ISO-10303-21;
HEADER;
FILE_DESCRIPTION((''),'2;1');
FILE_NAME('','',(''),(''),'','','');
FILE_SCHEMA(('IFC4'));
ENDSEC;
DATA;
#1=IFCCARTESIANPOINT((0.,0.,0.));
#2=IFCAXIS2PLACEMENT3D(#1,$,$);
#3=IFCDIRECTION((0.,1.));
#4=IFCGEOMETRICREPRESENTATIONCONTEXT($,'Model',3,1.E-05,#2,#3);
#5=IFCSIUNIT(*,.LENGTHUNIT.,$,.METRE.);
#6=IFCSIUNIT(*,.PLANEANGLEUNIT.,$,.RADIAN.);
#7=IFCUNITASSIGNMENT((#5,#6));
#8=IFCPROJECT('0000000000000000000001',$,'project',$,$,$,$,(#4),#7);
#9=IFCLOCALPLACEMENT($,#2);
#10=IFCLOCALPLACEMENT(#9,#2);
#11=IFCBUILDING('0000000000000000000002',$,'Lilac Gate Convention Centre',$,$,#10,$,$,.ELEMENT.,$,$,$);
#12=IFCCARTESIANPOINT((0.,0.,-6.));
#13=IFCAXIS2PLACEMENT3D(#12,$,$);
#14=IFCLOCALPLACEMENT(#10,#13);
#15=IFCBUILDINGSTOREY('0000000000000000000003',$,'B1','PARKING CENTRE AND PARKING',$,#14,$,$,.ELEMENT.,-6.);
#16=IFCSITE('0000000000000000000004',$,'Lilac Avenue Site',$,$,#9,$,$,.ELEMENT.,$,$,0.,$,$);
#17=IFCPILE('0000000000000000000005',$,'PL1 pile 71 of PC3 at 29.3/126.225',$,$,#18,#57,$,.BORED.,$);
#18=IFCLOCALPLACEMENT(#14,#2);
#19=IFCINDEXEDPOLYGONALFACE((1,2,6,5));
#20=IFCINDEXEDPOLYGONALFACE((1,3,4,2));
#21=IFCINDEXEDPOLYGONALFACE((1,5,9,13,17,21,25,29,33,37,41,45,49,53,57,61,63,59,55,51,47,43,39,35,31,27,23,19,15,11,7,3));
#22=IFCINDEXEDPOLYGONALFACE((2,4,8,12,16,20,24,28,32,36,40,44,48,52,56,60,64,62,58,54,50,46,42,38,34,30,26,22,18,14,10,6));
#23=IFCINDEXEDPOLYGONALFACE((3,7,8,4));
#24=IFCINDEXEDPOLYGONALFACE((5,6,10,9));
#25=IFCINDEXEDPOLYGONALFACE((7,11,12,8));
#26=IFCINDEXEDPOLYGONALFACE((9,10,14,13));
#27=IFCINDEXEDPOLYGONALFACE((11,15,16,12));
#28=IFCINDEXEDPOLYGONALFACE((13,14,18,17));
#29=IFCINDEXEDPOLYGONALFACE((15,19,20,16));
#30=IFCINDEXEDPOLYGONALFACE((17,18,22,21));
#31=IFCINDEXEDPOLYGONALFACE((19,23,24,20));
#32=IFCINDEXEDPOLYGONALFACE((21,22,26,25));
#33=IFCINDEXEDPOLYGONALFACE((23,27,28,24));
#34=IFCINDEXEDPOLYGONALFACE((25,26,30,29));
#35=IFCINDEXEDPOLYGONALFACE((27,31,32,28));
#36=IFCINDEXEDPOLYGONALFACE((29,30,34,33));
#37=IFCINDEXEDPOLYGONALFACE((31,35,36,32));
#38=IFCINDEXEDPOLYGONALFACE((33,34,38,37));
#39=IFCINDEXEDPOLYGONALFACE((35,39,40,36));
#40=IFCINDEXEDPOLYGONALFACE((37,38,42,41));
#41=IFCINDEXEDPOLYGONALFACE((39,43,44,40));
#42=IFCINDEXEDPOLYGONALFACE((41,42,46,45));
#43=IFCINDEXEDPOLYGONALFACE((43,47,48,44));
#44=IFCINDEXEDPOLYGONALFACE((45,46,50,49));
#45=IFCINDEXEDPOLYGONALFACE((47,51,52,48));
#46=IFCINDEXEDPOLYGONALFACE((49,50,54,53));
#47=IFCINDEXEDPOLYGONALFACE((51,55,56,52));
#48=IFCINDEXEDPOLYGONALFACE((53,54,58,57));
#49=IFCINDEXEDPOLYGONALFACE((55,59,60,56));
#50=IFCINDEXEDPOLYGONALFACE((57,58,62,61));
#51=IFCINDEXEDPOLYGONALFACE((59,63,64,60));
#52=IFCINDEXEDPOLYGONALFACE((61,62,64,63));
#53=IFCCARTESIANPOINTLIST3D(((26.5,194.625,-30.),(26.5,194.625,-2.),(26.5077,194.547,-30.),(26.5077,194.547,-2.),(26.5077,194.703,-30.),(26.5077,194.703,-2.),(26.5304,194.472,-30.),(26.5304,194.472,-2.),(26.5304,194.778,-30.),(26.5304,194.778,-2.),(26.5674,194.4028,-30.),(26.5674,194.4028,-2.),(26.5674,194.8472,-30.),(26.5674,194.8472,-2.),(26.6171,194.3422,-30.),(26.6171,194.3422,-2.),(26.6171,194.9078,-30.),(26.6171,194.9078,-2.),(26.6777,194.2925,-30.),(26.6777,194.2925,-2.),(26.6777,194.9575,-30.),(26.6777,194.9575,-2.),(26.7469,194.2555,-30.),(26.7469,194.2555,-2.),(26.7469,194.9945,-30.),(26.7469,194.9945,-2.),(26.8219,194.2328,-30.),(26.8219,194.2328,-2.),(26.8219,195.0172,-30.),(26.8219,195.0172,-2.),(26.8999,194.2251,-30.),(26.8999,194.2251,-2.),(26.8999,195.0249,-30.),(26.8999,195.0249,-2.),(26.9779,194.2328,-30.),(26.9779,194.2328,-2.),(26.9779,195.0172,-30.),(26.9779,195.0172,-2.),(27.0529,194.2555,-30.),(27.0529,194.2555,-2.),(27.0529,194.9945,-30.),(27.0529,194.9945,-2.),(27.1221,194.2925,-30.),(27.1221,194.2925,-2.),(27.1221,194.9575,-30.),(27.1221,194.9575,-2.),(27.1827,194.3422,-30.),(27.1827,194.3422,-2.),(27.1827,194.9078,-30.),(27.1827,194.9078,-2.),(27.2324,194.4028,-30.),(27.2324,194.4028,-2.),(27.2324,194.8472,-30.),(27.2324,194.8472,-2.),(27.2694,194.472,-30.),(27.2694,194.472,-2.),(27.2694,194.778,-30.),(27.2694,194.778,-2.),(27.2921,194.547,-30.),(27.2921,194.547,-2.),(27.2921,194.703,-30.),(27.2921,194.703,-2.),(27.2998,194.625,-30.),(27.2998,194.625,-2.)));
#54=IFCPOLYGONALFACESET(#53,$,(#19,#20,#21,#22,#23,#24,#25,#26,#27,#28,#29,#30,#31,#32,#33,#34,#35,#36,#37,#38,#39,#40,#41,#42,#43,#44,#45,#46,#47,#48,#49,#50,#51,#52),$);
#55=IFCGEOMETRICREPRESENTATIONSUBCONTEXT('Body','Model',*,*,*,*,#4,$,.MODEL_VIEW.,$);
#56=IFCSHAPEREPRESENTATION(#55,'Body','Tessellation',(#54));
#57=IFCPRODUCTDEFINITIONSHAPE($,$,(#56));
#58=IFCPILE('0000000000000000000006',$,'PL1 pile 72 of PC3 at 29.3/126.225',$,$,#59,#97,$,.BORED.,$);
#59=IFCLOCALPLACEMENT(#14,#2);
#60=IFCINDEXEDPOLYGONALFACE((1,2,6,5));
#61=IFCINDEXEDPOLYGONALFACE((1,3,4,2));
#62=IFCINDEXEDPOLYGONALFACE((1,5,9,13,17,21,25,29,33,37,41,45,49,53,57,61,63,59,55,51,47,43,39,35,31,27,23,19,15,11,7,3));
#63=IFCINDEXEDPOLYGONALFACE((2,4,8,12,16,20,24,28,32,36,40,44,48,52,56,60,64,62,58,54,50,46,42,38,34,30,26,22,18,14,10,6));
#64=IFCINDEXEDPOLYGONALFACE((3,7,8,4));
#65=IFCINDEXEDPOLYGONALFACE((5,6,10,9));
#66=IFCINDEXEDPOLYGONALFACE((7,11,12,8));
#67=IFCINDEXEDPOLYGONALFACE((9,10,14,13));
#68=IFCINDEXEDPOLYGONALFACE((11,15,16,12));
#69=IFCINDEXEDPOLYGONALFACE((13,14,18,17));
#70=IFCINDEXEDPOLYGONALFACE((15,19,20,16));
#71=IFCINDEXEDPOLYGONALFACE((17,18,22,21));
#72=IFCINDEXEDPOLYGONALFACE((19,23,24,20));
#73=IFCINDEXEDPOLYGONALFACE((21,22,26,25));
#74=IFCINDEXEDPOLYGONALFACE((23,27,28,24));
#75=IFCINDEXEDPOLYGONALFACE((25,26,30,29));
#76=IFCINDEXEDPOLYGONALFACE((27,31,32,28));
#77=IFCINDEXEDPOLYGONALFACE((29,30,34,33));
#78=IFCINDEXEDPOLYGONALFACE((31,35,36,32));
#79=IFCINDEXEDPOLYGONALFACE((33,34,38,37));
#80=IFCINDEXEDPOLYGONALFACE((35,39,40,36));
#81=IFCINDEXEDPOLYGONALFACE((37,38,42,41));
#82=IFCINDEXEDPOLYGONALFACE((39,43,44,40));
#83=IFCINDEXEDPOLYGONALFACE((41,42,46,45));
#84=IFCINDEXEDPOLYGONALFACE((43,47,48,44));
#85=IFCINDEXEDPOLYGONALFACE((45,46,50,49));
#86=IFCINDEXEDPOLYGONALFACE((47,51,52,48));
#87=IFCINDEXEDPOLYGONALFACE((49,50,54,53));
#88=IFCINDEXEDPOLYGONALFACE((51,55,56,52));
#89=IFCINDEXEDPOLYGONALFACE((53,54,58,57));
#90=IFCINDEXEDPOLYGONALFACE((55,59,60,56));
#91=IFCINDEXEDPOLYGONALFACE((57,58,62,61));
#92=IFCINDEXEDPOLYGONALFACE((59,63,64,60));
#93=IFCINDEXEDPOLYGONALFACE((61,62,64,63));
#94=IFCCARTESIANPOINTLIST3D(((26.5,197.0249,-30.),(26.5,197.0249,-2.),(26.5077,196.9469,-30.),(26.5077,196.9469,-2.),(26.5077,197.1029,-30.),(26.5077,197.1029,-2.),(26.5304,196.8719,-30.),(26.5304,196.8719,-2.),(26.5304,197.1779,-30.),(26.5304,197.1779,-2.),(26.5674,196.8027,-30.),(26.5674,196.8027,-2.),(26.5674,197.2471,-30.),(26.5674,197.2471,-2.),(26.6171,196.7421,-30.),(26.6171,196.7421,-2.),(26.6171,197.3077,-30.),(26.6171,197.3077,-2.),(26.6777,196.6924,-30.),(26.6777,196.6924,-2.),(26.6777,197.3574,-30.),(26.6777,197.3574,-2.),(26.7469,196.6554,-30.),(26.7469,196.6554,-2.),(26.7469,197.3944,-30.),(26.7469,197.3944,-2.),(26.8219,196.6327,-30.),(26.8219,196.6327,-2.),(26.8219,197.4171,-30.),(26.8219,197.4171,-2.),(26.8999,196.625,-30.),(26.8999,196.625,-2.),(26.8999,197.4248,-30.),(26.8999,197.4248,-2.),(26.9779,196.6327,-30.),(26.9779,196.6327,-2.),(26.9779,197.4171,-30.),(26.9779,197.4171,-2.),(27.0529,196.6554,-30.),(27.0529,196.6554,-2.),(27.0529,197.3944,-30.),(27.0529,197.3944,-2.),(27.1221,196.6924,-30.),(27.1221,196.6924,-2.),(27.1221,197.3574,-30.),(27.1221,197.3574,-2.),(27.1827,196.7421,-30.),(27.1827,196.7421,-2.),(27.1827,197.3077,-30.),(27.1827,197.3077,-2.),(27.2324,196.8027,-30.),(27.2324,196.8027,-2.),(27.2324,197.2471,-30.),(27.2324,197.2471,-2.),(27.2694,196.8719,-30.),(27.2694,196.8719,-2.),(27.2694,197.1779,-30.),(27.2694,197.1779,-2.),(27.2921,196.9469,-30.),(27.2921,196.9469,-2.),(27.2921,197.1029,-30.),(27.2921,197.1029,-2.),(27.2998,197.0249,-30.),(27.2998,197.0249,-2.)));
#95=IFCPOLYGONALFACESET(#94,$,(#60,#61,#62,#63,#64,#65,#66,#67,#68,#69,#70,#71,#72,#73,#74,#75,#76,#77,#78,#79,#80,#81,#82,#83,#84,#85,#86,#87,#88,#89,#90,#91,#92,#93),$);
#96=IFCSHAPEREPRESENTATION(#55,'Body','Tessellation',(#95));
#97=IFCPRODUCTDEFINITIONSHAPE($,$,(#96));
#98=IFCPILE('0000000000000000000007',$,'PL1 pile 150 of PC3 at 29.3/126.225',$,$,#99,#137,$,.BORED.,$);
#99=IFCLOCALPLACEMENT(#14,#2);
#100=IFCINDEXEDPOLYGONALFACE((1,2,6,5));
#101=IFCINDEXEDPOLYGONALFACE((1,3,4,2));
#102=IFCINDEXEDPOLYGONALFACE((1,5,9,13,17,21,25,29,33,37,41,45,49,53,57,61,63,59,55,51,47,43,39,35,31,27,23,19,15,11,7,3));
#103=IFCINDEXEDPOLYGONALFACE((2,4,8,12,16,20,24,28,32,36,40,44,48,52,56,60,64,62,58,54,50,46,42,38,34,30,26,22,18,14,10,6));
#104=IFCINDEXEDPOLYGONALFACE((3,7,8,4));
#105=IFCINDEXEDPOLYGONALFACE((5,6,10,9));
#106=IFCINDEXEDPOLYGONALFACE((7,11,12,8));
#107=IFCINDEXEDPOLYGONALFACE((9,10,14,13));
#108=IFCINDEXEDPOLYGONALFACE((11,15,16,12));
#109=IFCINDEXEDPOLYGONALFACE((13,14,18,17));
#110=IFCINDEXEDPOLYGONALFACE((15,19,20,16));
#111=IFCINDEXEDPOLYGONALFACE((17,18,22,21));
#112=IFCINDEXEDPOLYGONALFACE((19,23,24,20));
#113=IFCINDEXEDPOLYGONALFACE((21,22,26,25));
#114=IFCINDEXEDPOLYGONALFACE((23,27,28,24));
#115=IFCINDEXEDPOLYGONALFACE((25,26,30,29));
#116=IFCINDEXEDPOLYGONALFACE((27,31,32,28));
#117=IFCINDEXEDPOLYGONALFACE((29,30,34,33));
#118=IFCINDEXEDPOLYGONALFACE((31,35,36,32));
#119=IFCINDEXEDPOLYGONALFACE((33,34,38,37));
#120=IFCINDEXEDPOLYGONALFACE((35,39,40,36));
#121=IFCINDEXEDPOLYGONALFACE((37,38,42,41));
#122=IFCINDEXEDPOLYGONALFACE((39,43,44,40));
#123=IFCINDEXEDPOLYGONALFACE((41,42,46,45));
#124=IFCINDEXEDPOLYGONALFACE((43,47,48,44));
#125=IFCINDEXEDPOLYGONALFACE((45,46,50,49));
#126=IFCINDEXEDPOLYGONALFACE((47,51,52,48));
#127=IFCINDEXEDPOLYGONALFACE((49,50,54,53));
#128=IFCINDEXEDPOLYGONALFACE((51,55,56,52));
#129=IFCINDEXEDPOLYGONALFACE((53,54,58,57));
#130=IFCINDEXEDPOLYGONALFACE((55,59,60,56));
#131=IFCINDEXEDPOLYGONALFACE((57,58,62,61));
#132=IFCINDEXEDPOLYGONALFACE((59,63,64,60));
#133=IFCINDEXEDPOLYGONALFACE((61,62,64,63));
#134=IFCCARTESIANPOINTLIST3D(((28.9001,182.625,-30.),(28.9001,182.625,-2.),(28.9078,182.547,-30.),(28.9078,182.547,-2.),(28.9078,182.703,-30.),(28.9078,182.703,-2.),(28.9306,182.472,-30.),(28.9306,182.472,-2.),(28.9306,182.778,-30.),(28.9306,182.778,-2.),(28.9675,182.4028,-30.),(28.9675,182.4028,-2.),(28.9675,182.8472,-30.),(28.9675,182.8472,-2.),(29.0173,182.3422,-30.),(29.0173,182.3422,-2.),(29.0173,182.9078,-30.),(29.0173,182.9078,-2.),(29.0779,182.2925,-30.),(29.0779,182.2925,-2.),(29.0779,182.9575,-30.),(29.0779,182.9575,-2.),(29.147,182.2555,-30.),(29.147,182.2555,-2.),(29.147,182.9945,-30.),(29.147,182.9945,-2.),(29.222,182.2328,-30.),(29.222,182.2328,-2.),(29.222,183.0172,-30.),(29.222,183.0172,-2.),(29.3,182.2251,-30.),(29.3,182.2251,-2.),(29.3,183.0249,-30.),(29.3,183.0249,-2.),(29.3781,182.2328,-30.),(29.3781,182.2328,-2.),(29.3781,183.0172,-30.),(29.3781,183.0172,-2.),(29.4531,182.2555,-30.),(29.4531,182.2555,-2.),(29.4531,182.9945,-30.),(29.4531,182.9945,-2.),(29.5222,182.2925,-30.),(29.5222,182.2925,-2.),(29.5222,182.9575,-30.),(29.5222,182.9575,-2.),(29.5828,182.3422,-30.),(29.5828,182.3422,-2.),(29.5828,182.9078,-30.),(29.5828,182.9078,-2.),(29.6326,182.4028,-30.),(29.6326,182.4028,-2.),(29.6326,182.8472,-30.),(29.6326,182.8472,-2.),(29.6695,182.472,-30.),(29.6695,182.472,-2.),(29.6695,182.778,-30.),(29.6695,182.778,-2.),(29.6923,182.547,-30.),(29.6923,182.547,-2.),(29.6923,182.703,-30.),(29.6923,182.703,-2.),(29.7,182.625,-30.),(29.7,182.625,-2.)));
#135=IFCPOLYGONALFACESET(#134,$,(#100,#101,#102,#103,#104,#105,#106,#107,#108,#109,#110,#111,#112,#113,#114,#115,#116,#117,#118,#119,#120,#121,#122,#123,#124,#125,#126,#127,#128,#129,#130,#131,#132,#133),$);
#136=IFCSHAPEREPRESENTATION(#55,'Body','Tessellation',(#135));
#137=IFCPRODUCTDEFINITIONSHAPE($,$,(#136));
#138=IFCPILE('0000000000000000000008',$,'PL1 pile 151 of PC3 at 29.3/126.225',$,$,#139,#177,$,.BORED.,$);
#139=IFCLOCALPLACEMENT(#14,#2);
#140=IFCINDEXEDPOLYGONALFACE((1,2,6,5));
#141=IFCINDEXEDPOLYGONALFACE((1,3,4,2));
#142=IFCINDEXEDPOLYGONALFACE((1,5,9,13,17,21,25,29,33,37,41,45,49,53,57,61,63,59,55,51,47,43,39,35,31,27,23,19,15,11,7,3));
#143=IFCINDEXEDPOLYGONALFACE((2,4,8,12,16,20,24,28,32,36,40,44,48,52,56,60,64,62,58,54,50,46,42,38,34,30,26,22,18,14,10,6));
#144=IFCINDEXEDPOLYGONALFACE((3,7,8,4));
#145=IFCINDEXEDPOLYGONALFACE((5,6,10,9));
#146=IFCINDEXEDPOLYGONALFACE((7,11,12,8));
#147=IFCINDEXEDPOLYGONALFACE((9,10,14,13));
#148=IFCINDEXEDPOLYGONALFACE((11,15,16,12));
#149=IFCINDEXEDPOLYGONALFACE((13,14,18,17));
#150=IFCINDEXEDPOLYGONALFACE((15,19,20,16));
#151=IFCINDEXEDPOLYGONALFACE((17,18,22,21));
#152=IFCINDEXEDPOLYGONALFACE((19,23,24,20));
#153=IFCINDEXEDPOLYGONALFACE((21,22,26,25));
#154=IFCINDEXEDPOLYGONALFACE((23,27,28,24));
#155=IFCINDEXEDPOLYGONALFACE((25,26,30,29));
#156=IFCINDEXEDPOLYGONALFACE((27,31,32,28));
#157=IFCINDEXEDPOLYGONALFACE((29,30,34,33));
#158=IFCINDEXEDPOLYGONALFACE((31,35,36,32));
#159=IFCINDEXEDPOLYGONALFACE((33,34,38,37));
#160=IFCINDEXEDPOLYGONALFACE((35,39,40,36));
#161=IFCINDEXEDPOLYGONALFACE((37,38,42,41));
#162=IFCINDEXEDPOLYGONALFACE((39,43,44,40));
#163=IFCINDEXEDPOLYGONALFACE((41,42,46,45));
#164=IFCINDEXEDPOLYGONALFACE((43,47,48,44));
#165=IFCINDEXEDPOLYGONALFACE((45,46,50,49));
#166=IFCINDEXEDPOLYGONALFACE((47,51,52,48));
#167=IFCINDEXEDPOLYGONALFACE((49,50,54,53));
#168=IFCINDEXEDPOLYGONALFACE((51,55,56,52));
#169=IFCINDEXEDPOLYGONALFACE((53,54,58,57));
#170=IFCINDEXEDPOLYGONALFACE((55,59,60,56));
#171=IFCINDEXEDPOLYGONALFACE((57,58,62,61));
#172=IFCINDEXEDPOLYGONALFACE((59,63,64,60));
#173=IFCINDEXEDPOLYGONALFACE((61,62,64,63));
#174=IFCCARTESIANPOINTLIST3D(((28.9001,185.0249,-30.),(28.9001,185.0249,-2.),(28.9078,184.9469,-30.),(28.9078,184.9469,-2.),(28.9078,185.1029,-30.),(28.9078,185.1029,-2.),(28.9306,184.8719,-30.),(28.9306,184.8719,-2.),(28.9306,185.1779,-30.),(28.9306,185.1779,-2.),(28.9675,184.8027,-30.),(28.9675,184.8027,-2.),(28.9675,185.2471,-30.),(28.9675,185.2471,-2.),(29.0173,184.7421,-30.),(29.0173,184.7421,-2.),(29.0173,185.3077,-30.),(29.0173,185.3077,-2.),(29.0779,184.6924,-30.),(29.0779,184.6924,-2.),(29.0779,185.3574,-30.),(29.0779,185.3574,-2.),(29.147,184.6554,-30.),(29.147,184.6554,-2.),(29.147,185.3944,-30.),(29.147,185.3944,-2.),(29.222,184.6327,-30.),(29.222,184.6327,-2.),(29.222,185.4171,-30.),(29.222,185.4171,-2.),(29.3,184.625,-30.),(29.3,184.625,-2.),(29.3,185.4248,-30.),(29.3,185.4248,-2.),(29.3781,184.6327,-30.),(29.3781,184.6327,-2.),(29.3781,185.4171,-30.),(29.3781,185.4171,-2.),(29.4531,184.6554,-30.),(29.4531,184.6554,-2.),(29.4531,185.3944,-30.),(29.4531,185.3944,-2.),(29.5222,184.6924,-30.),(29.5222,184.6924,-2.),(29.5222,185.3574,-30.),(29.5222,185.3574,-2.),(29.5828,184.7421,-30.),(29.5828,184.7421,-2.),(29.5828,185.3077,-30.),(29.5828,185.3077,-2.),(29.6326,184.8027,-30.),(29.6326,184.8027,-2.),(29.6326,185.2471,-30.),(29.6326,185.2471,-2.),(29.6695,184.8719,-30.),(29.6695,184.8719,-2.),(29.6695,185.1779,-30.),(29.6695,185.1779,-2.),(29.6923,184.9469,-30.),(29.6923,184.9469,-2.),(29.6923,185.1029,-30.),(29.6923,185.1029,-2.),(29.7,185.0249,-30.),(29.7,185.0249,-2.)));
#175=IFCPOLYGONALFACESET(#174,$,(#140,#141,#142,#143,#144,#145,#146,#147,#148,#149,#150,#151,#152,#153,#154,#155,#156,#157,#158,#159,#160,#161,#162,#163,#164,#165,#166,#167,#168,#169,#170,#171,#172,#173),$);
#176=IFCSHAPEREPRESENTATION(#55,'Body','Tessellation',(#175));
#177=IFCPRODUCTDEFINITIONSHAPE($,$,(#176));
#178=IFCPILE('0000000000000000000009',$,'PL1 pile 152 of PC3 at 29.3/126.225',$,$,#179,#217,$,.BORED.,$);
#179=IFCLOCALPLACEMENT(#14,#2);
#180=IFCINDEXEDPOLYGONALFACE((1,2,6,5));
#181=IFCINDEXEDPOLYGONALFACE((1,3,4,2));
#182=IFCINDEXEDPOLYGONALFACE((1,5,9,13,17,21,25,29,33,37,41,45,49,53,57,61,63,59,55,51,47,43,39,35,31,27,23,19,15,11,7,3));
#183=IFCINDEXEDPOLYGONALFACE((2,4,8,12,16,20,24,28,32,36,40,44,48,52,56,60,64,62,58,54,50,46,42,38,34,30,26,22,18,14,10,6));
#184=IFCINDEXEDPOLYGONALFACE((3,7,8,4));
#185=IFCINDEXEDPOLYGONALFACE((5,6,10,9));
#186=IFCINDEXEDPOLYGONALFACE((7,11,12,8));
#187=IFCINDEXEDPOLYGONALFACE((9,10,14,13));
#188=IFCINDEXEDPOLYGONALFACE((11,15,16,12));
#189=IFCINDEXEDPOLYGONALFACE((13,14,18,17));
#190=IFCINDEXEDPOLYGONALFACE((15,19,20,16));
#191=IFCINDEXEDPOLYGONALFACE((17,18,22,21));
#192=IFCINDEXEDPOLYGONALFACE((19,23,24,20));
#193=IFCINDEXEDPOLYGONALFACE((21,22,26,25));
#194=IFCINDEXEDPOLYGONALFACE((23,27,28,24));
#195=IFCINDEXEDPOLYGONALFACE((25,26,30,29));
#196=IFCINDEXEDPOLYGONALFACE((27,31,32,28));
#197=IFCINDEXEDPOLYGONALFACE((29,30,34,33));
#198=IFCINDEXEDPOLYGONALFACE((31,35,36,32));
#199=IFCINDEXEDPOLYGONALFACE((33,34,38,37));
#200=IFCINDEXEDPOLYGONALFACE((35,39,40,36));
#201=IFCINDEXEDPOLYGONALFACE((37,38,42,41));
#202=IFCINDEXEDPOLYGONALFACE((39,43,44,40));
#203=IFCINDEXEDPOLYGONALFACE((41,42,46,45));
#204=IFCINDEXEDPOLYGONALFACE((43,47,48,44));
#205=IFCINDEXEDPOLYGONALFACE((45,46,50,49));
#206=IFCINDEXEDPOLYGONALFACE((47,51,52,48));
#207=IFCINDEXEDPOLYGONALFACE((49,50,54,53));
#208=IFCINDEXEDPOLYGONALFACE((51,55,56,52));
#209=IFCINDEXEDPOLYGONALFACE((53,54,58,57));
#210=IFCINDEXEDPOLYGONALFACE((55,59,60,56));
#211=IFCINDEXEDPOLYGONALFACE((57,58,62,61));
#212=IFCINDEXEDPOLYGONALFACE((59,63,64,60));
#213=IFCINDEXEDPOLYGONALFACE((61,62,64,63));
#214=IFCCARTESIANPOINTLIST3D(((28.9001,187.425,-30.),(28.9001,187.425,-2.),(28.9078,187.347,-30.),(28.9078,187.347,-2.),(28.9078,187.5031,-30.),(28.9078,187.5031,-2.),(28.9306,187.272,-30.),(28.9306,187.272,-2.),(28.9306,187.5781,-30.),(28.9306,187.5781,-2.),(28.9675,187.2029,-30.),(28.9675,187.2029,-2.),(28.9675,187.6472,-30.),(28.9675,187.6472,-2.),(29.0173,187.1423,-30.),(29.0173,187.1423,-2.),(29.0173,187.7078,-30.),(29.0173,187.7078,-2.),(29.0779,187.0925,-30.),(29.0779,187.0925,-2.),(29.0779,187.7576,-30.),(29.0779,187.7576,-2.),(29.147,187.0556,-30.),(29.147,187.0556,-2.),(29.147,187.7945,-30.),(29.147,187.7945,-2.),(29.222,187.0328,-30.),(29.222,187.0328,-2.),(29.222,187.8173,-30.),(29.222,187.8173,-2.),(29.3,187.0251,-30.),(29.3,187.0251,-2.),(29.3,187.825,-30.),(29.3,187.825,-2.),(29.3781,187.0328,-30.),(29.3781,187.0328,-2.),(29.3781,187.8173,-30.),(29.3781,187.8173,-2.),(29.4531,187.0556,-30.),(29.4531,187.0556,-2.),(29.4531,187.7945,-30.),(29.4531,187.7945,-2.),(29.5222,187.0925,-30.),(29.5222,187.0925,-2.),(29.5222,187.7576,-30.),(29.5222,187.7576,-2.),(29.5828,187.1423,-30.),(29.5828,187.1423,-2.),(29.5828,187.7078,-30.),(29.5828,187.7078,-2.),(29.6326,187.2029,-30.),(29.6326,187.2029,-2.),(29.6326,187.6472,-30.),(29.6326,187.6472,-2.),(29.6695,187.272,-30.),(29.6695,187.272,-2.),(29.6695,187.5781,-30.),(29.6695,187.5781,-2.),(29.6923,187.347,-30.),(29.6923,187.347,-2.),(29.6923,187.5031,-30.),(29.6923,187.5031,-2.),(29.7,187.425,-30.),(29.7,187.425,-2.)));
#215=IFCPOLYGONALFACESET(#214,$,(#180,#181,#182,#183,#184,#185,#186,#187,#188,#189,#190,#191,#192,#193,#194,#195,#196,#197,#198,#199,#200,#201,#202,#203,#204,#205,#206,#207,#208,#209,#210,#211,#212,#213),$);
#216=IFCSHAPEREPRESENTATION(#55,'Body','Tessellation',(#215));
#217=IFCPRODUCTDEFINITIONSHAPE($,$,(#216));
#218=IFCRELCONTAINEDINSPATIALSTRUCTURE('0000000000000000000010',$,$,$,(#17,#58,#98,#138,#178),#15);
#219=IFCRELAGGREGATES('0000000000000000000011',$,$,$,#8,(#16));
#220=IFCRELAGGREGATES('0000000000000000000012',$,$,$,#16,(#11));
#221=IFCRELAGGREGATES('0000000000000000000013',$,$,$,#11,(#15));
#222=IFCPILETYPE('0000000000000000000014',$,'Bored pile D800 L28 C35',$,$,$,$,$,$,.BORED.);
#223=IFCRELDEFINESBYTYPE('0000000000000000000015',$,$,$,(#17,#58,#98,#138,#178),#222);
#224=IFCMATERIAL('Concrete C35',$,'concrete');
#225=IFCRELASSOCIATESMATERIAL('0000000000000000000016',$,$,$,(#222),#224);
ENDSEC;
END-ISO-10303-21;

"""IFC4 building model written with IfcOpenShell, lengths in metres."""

from ifc_helpers import new_model, si_unit, direction, frame, origin, origin_2d, place, context, subcontext, project, spatial, circle, extrude, material, material_profile, profile_set, type_object, element, save


model = new_model("IFC4")

# Units and contexts
model_context = context("Model", 3, precision=1e-05, world=origin(), true_north=direction((0.0, 1.0)))
body_context = subcontext(model_context, "Body", "Model", "MODEL_VIEW")
ifc_project = project(units=[si_unit("LENGTHUNIT", "METRE"), si_unit("PLANEANGLEUNIT", "RADIAN")], contexts=[model_context])

# Site, building, storey
site_placement = place(None, origin())
site = spatial("IfcSite", under=ifc_project, at=site_placement, Name="Lilac Avenue Site", CompositionType="ELEMENT", RefElevation=0.0)
building_placement = place(site_placement, origin())
building = spatial("IfcBuilding", under=site, at=building_placement, Name="Lilac Gate Convention Centre", CompositionType="ELEMENT")
storey_placement = place(building_placement, frame((0.0, 0.0, -6.0)))
storey = spatial("IfcBuildingStorey", under=building, at=storey_placement, Name="B1", Description="PARKING CENTRE AND PARKING", CompositionType="ELEMENT", Elevation=-6.0)

# Piles
ifc_material_1 = material(Name="Concrete C35", Category="concrete")
ifc_material_profile_1 = material_profile(ifc_material_1, circle(Radius=0.3999, at=origin_2d()), Name="D800")
ifc_profile_set_1 = profile_set([ifc_material_profile_1], Name="Concrete C35")
pile_type = type_object("IfcPileType", Name="Bored pile D800 L28 C35", PredefinedType="BORED", material=ifc_profile_set_1)
for number, where, z_axis, x_axis, name in (
    (1, (26.8999, 194.625, -2.0), (0.0, 0.0, -1.0), (1.0, 0.0, 0.0), "PL1 pile 71 of PC3 at 29.3/126.225"),
    (2, (26.8999, 197.0249, -2.0), (0.0, 0.0, -1.0), (1.0, 0.0, 0.0), "PL1 pile 72 of PC3 at 29.3/126.225"),
    (3, (29.3, 182.625, -2.0), (0.0, 0.0, -1.0), (1.0, 0.0, 0.0), "PL1 pile 150 of PC3 at 29.3/126.225"),
    (4, (29.3, 185.0249, -2.0), (0.0, 0.0, -1.0), (1.0, 0.0, 0.0), "PL1 pile 151 of PC3 at 29.3/126.225"),
    (5, (29.3, 187.425, -2.0), (0.0, 0.0, -1.0), (1.0, 0.0, 0.0), "PL1 pile 152 of PC3 at 29.3/126.225"),
):
    element("IfcPile", number, at=place(storey_placement, frame(where, z_axis=z_axis, x_axis=x_axis)), inside=storey, type_object=pile_type, Name=name, PredefinedType="BORED", context=body_context, shape_type="SweptSolid", body=[
        extrude(circle(Radius=0.3999, at=origin_2d()), origin(), (0.0, 0.0, 1.0), 28.0),
    ])

save(model, "model.ifc")
